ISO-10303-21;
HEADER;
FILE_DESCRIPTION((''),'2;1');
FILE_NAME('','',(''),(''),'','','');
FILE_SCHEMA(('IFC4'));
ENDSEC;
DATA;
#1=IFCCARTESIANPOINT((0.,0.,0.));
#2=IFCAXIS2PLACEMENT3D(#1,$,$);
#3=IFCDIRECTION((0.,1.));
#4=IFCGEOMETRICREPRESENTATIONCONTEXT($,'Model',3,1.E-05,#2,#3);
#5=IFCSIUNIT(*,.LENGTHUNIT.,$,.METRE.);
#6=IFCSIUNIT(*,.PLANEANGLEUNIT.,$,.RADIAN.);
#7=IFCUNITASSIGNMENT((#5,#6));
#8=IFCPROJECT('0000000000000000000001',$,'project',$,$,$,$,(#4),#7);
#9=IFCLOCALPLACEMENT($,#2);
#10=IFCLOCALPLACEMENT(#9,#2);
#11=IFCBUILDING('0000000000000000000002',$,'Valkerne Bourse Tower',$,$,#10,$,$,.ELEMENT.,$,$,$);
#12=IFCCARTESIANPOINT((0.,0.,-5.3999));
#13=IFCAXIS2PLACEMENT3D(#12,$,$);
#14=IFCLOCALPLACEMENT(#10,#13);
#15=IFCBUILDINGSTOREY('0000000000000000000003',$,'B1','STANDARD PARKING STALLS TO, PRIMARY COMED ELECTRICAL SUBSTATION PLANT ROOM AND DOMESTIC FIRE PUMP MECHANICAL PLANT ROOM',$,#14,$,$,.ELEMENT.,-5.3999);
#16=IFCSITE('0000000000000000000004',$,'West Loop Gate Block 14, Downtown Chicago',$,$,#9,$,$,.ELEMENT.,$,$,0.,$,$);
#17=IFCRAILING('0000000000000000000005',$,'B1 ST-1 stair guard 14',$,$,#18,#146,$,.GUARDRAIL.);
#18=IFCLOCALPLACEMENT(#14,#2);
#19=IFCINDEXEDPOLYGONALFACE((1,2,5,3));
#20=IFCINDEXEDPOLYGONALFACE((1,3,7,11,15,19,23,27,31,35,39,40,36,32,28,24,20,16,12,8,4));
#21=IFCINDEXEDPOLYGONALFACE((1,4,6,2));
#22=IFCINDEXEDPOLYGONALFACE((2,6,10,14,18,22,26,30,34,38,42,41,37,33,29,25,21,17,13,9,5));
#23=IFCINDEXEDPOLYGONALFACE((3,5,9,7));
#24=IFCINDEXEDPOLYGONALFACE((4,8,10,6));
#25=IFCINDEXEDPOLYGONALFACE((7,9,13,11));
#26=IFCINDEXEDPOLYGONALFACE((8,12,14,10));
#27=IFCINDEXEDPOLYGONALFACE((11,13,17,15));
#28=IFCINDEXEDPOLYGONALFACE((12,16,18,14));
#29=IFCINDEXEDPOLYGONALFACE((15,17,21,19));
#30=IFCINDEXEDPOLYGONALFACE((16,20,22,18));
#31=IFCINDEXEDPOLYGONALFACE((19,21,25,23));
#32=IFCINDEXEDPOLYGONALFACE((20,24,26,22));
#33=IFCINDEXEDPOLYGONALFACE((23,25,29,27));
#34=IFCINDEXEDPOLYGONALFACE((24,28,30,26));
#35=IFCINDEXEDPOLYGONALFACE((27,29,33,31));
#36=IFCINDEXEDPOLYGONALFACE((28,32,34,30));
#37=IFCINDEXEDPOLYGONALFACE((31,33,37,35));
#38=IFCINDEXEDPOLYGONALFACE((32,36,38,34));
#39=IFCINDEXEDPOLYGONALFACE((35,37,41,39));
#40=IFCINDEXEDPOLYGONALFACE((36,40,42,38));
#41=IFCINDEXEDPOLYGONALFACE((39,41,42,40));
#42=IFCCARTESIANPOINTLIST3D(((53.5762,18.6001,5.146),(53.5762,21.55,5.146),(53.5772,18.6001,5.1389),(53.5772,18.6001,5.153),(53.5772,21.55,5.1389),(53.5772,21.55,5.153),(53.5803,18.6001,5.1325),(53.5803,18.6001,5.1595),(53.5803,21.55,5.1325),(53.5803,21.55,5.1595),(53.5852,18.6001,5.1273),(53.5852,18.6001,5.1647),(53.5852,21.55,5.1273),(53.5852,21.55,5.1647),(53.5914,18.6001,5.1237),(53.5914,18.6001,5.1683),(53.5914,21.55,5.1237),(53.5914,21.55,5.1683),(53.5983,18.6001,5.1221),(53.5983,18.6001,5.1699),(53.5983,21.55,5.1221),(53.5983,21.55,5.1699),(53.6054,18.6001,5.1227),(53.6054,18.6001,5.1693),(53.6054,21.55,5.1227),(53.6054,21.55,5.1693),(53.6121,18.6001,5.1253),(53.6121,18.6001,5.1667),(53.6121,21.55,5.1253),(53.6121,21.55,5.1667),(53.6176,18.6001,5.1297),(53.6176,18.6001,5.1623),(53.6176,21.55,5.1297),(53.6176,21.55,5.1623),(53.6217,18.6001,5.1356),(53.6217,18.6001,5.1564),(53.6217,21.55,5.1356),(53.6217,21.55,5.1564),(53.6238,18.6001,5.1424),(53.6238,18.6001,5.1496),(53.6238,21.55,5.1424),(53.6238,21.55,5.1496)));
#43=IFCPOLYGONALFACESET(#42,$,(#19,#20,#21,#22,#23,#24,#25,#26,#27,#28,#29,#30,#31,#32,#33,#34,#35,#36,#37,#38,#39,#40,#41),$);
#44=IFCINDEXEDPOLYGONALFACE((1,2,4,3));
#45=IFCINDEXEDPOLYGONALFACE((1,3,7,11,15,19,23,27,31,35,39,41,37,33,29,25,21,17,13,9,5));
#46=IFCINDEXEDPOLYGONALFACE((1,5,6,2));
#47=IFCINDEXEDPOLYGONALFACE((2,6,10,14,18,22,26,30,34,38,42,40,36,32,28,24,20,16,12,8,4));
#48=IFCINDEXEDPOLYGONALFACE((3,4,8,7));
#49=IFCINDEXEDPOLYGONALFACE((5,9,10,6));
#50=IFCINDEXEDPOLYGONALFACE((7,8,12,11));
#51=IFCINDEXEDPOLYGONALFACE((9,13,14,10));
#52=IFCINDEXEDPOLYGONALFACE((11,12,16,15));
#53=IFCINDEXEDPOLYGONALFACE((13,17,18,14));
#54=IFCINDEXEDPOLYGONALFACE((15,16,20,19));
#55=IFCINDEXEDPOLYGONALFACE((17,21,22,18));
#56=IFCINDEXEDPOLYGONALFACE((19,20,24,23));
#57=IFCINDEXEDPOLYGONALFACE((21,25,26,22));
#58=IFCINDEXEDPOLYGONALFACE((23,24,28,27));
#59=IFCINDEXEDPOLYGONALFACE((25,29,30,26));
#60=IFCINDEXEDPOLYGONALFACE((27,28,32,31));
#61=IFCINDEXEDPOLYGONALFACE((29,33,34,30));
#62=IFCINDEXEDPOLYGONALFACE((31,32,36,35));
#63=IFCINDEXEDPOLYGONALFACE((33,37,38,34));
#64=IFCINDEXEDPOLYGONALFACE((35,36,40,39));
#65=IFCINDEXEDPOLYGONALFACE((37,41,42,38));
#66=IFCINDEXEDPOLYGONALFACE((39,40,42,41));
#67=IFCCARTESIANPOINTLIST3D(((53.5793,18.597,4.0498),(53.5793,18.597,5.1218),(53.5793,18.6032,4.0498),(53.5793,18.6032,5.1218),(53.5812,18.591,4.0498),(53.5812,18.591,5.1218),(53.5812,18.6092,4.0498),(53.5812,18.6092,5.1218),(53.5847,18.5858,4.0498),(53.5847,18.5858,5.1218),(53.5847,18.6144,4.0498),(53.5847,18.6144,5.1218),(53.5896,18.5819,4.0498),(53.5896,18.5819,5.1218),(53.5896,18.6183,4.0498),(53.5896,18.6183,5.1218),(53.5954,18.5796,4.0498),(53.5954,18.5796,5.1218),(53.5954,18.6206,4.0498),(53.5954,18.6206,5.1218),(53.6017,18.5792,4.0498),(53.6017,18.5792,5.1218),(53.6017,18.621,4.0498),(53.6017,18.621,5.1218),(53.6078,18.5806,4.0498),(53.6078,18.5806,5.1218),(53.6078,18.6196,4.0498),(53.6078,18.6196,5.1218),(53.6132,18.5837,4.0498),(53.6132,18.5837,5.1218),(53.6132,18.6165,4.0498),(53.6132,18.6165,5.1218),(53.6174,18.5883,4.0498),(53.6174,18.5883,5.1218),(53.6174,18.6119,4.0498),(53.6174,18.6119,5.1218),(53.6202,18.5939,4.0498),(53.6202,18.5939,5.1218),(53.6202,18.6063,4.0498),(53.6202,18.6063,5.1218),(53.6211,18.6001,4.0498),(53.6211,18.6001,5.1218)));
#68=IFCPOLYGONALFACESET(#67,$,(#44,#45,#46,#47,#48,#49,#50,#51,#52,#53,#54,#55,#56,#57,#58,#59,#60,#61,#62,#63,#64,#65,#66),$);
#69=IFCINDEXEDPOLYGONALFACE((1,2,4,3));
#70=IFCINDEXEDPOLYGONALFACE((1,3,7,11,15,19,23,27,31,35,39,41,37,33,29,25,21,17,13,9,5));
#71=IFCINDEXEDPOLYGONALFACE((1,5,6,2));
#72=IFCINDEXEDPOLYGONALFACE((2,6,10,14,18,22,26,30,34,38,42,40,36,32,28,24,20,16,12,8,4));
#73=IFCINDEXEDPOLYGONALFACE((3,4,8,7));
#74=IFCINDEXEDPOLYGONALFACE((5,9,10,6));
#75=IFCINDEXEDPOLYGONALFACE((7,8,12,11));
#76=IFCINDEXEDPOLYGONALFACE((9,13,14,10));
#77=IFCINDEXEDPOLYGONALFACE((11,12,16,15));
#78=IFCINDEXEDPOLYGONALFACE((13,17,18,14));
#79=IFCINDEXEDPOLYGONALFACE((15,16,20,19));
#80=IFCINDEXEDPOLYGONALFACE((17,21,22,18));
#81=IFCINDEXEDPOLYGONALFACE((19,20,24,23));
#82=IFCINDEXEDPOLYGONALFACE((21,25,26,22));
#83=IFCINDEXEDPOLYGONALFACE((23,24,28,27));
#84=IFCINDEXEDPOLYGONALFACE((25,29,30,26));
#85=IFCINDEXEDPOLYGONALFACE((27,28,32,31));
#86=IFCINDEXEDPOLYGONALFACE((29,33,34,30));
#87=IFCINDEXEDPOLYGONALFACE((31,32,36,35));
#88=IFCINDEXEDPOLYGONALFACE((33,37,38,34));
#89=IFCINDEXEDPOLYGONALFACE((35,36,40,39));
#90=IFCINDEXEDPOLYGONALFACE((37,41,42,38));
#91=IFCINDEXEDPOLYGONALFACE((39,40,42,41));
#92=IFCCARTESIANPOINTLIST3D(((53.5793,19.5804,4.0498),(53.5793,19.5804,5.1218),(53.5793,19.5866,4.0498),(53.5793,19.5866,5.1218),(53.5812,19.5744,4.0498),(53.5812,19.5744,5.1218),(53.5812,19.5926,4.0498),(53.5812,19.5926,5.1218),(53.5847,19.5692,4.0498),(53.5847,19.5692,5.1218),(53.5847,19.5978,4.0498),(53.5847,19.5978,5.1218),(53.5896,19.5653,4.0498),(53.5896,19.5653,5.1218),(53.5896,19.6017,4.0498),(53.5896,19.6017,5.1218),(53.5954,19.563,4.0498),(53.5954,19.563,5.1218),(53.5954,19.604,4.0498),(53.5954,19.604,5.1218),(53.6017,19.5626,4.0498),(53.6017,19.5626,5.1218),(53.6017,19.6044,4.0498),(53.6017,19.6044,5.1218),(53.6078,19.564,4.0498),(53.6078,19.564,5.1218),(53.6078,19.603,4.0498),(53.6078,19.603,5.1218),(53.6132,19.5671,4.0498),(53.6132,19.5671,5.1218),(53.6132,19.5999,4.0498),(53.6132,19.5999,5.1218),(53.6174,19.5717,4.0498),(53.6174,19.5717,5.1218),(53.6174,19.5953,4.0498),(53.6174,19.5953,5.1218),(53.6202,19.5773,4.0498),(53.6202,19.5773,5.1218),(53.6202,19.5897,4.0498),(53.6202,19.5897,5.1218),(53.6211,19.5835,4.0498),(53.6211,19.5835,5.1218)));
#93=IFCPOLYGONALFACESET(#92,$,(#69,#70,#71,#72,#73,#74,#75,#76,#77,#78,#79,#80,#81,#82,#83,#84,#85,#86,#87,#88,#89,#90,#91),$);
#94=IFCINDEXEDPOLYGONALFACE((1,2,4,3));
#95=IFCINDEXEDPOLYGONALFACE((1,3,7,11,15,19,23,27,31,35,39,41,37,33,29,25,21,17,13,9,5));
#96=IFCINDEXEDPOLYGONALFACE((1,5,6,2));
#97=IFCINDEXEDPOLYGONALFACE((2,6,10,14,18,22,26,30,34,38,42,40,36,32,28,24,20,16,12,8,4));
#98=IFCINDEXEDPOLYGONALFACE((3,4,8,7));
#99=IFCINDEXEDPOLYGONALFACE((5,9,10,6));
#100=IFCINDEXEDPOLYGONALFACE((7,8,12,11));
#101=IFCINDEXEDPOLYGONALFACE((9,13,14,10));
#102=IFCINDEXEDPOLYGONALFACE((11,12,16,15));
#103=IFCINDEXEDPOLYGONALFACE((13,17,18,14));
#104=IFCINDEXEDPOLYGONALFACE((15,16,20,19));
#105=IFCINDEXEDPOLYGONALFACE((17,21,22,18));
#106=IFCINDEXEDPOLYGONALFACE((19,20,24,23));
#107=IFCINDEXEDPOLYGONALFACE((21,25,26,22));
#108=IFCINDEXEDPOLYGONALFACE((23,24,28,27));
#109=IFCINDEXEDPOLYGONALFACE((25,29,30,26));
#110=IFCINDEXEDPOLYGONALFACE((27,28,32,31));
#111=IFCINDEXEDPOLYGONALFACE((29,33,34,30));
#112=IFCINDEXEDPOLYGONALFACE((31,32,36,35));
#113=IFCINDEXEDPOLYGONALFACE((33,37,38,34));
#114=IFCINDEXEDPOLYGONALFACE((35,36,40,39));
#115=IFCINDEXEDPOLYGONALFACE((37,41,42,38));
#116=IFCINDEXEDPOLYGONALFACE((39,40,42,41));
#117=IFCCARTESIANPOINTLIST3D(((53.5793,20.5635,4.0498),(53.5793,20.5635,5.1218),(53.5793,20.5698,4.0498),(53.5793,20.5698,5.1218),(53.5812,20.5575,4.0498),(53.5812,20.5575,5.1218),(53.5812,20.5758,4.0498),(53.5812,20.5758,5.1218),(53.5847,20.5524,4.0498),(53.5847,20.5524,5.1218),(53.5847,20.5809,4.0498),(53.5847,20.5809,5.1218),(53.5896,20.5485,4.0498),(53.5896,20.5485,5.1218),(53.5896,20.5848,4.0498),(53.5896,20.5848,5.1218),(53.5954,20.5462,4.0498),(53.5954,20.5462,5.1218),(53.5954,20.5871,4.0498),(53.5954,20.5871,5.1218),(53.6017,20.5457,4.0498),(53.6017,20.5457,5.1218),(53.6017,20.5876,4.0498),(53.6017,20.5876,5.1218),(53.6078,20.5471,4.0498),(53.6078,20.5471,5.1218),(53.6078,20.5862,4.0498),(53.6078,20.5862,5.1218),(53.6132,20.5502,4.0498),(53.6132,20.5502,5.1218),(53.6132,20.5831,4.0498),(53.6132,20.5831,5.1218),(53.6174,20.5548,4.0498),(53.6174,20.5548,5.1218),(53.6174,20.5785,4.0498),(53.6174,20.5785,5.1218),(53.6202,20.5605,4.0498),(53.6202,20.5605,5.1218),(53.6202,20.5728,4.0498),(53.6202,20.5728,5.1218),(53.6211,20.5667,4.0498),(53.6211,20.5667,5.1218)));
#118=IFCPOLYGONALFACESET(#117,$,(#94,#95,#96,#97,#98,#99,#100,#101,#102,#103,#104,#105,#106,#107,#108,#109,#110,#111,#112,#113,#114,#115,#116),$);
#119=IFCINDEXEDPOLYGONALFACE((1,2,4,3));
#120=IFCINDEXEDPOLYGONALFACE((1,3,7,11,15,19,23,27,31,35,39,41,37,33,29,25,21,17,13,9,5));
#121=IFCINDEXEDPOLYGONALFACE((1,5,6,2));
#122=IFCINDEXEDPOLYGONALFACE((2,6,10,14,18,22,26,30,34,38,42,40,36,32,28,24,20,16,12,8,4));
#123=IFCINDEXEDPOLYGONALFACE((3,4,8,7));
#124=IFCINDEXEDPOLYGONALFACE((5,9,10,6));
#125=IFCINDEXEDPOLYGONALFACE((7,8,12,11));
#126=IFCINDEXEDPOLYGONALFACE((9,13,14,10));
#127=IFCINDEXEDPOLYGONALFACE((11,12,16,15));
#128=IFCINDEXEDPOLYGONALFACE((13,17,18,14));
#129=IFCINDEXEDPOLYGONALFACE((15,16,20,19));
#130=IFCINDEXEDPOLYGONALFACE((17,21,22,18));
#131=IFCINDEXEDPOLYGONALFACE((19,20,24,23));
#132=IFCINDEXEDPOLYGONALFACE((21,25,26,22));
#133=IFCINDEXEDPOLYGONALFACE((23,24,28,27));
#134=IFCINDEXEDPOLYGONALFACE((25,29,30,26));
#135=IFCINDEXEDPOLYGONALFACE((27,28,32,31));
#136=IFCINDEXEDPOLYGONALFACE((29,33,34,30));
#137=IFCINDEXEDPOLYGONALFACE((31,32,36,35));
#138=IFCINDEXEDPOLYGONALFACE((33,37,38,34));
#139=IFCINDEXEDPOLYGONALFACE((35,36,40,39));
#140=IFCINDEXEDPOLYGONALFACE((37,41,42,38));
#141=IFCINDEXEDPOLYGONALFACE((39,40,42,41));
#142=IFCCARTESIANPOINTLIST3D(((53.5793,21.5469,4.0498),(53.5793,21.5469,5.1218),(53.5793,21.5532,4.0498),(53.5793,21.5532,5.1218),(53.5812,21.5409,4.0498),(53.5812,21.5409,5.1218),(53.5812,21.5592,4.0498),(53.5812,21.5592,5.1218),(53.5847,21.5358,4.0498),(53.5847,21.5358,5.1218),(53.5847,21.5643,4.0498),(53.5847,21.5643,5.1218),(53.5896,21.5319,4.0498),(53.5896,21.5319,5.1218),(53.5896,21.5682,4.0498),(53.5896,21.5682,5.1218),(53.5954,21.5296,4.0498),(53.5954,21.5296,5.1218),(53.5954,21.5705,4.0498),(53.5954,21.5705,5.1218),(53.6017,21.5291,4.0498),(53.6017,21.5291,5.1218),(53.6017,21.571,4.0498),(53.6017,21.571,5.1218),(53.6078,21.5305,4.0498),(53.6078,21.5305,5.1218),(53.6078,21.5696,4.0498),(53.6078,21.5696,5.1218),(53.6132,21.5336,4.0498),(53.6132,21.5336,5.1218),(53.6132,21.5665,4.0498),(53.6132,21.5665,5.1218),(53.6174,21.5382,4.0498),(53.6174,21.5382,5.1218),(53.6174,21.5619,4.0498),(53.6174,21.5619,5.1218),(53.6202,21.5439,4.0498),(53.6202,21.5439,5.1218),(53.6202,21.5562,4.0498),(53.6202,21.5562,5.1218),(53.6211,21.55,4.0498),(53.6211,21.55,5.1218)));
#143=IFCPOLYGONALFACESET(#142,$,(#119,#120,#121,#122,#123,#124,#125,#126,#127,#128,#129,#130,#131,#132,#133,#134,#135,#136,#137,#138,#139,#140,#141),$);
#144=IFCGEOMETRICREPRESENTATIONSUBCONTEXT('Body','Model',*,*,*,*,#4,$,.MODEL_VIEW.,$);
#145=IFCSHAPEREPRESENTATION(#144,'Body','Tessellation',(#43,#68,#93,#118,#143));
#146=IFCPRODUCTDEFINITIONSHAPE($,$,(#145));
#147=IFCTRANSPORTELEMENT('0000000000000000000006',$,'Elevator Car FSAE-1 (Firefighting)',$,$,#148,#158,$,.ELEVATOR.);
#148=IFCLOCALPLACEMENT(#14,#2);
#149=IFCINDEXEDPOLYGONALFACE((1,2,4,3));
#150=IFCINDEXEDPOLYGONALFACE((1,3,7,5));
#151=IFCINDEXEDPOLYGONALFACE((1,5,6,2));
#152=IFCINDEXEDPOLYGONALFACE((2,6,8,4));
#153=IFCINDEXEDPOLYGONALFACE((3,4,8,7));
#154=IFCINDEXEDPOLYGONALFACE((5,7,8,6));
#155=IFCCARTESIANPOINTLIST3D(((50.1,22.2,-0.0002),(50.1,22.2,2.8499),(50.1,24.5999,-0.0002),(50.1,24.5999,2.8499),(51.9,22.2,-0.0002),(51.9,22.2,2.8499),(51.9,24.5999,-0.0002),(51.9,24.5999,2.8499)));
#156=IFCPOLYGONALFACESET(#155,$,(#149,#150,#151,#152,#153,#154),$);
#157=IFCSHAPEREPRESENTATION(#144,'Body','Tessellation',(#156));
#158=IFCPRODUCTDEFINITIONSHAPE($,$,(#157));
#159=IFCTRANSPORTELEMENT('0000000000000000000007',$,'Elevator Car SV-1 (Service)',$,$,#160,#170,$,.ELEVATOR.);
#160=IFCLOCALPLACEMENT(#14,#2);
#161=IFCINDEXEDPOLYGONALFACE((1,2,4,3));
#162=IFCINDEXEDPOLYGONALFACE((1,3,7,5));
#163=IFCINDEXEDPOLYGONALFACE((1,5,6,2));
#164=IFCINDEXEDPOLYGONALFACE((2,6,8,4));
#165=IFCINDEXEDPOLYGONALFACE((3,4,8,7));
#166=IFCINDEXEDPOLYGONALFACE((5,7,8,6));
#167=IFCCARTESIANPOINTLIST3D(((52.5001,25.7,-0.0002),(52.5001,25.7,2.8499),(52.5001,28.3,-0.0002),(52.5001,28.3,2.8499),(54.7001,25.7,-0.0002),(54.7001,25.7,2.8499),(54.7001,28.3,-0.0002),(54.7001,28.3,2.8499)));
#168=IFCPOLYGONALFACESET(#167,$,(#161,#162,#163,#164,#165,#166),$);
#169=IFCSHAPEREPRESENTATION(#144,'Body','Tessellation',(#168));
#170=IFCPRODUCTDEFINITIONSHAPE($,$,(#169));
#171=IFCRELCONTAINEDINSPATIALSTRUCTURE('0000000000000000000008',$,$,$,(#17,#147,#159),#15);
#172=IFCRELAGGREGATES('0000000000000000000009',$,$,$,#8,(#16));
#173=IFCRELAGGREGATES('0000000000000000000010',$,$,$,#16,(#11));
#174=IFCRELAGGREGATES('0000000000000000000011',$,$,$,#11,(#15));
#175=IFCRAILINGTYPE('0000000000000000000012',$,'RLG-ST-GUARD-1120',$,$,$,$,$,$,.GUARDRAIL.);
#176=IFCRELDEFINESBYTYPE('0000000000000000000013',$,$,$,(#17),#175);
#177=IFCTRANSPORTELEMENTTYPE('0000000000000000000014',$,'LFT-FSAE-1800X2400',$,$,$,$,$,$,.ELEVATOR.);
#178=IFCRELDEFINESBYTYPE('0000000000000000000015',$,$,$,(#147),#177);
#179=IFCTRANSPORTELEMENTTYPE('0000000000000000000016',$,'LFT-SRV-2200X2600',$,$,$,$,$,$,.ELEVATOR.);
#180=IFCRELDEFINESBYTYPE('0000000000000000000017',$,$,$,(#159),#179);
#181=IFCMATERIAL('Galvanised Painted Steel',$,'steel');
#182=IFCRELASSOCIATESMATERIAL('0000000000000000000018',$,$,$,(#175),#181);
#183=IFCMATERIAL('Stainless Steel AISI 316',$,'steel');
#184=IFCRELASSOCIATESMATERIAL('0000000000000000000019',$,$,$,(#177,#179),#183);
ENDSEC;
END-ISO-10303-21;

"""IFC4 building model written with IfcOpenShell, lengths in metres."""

from ifc_helpers import new_model, si_unit, direction, frame, origin, origin_2d, place, context, subcontext, project, spatial, rectangle, circle, extrude, material, type_object, element, save


model = new_model("IFC4")

# Units and contexts
model_context = context("Model", 3, precision=1e-05, world=origin(), true_north=direction((0.0, 1.0)))
body_context = subcontext(model_context, "Body", "Model", "MODEL_VIEW")
ifc_project = project(units=[si_unit("LENGTHUNIT", "METRE"), si_unit("PLANEANGLEUNIT", "RADIAN")], contexts=[model_context])

# Site, building, storey
site_placement = place(None, origin())
site = spatial("IfcSite", under=ifc_project, at=site_placement, Name="West Loop Gate Block 14, Downtown Chicago", CompositionType="ELEMENT", RefElevation=0.0)
building_placement = place(site_placement, origin())
building = spatial("IfcBuilding", under=site, at=building_placement, Name="Valkerne Bourse Tower", CompositionType="ELEMENT")
storey_placement = place(building_placement, frame((0.0, 0.0, -5.3999)))
storey = spatial("IfcBuildingStorey", under=building, at=storey_placement, Name="B1", Description="STANDARD PARKING STALLS TO, PRIMARY COMED ELECTRICAL SUBSTATION PLANT ROOM AND DOMESTIC FIRE PUMP MECHANICAL PLANT ROOM", CompositionType="ELEMENT", Elevation=-5.3999)

# Shared definitions
ifc_material_1 = material(Name="Galvanised Painted Steel", Category="steel")

# Shared definitions
ifc_material_2 = material(Name="Stainless Steel AISI 316", Category="steel")

# Railing
railing_type = type_object("IfcRailingType", Name="RLG-ST-GUARD-1120", PredefinedType="GUARDRAIL", material=ifc_material_1)
railing_1_placement = place(storey_placement, frame((53.6001, 18.6001, 4.0498)))
element("IfcRailing", 1, at=railing_1_placement, inside=storey, type_object=railing_type, Name="B1 ST-1 stair guard 14", PredefinedType="GUARDRAIL", context=body_context, shape_type="SweptSolid", body=[
    extrude(circle(Radius=0.0239, at=origin_2d()), frame((0.0, 0.0, 1.0962), z_axis=(0.0, 1.0, 0.0), x_axis=(-1.0, 0.0, 0.0)), (0.0, 0.0, 1.0), 2.95),
    extrude(circle(Radius=0.021, at=origin_2d()), origin(), (0.0, 0.0, 1.0), 1.072),
    extrude(circle(Radius=0.021, at=origin_2d()), frame((0.0, 0.9834, 0.0)), (0.0, 0.0, 1.0), 1.072),
    extrude(circle(Radius=0.021, at=origin_2d()), frame((0.0, 1.9666, 0.0)), (0.0, 0.0, 1.0), 1.072),
    extrude(circle(Radius=0.021, at=origin_2d()), frame((0.0, 2.95, 0.0)), (0.0, 0.0, 1.0), 1.072),
])

# Transport elements
transport_element_type_1 = type_object("IfcTransportElementType", Name="LFT-FSAE-1800X2400", PredefinedType="ELEVATOR", material=ifc_material_2)
transport_element_1_placement = place(storey_placement, frame((51.0, 23.3999, -0.0002), z_axis=(0.0, 0.0, 1.0), x_axis=(1.0, 0.0, 0.0)))
element("IfcTransportElement", 2, at=transport_element_1_placement, inside=storey, type_object=transport_element_type_1, Name="Elevator Car FSAE-1 (Firefighting)", PredefinedType="ELEVATOR", context=body_context, shape_type="SweptSolid", body=[
    extrude(rectangle(XDim=1.8, YDim=2.3999, at=origin_2d()), origin(), (0.0, 0.0, 1.0), 2.8501),
])
transport_element_type_2 = type_object("IfcTransportElementType", Name="LFT-SRV-2200X2600", PredefinedType="ELEVATOR", material=ifc_material_2)
transport_element_2_placement = place(storey_placement, frame((53.6001, 27.0, -0.0002), z_axis=(0.0, 0.0, 1.0), x_axis=(1.0, 0.0, 0.0)))
element("IfcTransportElement", 3, at=transport_element_2_placement, inside=storey, type_object=transport_element_type_2, Name="Elevator Car SV-1 (Service)", PredefinedType="ELEVATOR", context=body_context, shape_type="SweptSolid", body=[
    extrude(rectangle(XDim=2.2, YDim=2.6001, at=origin_2d()), origin(), (0.0, 0.0, 1.0), 2.8501),
])

save(model, "model.ifc")
